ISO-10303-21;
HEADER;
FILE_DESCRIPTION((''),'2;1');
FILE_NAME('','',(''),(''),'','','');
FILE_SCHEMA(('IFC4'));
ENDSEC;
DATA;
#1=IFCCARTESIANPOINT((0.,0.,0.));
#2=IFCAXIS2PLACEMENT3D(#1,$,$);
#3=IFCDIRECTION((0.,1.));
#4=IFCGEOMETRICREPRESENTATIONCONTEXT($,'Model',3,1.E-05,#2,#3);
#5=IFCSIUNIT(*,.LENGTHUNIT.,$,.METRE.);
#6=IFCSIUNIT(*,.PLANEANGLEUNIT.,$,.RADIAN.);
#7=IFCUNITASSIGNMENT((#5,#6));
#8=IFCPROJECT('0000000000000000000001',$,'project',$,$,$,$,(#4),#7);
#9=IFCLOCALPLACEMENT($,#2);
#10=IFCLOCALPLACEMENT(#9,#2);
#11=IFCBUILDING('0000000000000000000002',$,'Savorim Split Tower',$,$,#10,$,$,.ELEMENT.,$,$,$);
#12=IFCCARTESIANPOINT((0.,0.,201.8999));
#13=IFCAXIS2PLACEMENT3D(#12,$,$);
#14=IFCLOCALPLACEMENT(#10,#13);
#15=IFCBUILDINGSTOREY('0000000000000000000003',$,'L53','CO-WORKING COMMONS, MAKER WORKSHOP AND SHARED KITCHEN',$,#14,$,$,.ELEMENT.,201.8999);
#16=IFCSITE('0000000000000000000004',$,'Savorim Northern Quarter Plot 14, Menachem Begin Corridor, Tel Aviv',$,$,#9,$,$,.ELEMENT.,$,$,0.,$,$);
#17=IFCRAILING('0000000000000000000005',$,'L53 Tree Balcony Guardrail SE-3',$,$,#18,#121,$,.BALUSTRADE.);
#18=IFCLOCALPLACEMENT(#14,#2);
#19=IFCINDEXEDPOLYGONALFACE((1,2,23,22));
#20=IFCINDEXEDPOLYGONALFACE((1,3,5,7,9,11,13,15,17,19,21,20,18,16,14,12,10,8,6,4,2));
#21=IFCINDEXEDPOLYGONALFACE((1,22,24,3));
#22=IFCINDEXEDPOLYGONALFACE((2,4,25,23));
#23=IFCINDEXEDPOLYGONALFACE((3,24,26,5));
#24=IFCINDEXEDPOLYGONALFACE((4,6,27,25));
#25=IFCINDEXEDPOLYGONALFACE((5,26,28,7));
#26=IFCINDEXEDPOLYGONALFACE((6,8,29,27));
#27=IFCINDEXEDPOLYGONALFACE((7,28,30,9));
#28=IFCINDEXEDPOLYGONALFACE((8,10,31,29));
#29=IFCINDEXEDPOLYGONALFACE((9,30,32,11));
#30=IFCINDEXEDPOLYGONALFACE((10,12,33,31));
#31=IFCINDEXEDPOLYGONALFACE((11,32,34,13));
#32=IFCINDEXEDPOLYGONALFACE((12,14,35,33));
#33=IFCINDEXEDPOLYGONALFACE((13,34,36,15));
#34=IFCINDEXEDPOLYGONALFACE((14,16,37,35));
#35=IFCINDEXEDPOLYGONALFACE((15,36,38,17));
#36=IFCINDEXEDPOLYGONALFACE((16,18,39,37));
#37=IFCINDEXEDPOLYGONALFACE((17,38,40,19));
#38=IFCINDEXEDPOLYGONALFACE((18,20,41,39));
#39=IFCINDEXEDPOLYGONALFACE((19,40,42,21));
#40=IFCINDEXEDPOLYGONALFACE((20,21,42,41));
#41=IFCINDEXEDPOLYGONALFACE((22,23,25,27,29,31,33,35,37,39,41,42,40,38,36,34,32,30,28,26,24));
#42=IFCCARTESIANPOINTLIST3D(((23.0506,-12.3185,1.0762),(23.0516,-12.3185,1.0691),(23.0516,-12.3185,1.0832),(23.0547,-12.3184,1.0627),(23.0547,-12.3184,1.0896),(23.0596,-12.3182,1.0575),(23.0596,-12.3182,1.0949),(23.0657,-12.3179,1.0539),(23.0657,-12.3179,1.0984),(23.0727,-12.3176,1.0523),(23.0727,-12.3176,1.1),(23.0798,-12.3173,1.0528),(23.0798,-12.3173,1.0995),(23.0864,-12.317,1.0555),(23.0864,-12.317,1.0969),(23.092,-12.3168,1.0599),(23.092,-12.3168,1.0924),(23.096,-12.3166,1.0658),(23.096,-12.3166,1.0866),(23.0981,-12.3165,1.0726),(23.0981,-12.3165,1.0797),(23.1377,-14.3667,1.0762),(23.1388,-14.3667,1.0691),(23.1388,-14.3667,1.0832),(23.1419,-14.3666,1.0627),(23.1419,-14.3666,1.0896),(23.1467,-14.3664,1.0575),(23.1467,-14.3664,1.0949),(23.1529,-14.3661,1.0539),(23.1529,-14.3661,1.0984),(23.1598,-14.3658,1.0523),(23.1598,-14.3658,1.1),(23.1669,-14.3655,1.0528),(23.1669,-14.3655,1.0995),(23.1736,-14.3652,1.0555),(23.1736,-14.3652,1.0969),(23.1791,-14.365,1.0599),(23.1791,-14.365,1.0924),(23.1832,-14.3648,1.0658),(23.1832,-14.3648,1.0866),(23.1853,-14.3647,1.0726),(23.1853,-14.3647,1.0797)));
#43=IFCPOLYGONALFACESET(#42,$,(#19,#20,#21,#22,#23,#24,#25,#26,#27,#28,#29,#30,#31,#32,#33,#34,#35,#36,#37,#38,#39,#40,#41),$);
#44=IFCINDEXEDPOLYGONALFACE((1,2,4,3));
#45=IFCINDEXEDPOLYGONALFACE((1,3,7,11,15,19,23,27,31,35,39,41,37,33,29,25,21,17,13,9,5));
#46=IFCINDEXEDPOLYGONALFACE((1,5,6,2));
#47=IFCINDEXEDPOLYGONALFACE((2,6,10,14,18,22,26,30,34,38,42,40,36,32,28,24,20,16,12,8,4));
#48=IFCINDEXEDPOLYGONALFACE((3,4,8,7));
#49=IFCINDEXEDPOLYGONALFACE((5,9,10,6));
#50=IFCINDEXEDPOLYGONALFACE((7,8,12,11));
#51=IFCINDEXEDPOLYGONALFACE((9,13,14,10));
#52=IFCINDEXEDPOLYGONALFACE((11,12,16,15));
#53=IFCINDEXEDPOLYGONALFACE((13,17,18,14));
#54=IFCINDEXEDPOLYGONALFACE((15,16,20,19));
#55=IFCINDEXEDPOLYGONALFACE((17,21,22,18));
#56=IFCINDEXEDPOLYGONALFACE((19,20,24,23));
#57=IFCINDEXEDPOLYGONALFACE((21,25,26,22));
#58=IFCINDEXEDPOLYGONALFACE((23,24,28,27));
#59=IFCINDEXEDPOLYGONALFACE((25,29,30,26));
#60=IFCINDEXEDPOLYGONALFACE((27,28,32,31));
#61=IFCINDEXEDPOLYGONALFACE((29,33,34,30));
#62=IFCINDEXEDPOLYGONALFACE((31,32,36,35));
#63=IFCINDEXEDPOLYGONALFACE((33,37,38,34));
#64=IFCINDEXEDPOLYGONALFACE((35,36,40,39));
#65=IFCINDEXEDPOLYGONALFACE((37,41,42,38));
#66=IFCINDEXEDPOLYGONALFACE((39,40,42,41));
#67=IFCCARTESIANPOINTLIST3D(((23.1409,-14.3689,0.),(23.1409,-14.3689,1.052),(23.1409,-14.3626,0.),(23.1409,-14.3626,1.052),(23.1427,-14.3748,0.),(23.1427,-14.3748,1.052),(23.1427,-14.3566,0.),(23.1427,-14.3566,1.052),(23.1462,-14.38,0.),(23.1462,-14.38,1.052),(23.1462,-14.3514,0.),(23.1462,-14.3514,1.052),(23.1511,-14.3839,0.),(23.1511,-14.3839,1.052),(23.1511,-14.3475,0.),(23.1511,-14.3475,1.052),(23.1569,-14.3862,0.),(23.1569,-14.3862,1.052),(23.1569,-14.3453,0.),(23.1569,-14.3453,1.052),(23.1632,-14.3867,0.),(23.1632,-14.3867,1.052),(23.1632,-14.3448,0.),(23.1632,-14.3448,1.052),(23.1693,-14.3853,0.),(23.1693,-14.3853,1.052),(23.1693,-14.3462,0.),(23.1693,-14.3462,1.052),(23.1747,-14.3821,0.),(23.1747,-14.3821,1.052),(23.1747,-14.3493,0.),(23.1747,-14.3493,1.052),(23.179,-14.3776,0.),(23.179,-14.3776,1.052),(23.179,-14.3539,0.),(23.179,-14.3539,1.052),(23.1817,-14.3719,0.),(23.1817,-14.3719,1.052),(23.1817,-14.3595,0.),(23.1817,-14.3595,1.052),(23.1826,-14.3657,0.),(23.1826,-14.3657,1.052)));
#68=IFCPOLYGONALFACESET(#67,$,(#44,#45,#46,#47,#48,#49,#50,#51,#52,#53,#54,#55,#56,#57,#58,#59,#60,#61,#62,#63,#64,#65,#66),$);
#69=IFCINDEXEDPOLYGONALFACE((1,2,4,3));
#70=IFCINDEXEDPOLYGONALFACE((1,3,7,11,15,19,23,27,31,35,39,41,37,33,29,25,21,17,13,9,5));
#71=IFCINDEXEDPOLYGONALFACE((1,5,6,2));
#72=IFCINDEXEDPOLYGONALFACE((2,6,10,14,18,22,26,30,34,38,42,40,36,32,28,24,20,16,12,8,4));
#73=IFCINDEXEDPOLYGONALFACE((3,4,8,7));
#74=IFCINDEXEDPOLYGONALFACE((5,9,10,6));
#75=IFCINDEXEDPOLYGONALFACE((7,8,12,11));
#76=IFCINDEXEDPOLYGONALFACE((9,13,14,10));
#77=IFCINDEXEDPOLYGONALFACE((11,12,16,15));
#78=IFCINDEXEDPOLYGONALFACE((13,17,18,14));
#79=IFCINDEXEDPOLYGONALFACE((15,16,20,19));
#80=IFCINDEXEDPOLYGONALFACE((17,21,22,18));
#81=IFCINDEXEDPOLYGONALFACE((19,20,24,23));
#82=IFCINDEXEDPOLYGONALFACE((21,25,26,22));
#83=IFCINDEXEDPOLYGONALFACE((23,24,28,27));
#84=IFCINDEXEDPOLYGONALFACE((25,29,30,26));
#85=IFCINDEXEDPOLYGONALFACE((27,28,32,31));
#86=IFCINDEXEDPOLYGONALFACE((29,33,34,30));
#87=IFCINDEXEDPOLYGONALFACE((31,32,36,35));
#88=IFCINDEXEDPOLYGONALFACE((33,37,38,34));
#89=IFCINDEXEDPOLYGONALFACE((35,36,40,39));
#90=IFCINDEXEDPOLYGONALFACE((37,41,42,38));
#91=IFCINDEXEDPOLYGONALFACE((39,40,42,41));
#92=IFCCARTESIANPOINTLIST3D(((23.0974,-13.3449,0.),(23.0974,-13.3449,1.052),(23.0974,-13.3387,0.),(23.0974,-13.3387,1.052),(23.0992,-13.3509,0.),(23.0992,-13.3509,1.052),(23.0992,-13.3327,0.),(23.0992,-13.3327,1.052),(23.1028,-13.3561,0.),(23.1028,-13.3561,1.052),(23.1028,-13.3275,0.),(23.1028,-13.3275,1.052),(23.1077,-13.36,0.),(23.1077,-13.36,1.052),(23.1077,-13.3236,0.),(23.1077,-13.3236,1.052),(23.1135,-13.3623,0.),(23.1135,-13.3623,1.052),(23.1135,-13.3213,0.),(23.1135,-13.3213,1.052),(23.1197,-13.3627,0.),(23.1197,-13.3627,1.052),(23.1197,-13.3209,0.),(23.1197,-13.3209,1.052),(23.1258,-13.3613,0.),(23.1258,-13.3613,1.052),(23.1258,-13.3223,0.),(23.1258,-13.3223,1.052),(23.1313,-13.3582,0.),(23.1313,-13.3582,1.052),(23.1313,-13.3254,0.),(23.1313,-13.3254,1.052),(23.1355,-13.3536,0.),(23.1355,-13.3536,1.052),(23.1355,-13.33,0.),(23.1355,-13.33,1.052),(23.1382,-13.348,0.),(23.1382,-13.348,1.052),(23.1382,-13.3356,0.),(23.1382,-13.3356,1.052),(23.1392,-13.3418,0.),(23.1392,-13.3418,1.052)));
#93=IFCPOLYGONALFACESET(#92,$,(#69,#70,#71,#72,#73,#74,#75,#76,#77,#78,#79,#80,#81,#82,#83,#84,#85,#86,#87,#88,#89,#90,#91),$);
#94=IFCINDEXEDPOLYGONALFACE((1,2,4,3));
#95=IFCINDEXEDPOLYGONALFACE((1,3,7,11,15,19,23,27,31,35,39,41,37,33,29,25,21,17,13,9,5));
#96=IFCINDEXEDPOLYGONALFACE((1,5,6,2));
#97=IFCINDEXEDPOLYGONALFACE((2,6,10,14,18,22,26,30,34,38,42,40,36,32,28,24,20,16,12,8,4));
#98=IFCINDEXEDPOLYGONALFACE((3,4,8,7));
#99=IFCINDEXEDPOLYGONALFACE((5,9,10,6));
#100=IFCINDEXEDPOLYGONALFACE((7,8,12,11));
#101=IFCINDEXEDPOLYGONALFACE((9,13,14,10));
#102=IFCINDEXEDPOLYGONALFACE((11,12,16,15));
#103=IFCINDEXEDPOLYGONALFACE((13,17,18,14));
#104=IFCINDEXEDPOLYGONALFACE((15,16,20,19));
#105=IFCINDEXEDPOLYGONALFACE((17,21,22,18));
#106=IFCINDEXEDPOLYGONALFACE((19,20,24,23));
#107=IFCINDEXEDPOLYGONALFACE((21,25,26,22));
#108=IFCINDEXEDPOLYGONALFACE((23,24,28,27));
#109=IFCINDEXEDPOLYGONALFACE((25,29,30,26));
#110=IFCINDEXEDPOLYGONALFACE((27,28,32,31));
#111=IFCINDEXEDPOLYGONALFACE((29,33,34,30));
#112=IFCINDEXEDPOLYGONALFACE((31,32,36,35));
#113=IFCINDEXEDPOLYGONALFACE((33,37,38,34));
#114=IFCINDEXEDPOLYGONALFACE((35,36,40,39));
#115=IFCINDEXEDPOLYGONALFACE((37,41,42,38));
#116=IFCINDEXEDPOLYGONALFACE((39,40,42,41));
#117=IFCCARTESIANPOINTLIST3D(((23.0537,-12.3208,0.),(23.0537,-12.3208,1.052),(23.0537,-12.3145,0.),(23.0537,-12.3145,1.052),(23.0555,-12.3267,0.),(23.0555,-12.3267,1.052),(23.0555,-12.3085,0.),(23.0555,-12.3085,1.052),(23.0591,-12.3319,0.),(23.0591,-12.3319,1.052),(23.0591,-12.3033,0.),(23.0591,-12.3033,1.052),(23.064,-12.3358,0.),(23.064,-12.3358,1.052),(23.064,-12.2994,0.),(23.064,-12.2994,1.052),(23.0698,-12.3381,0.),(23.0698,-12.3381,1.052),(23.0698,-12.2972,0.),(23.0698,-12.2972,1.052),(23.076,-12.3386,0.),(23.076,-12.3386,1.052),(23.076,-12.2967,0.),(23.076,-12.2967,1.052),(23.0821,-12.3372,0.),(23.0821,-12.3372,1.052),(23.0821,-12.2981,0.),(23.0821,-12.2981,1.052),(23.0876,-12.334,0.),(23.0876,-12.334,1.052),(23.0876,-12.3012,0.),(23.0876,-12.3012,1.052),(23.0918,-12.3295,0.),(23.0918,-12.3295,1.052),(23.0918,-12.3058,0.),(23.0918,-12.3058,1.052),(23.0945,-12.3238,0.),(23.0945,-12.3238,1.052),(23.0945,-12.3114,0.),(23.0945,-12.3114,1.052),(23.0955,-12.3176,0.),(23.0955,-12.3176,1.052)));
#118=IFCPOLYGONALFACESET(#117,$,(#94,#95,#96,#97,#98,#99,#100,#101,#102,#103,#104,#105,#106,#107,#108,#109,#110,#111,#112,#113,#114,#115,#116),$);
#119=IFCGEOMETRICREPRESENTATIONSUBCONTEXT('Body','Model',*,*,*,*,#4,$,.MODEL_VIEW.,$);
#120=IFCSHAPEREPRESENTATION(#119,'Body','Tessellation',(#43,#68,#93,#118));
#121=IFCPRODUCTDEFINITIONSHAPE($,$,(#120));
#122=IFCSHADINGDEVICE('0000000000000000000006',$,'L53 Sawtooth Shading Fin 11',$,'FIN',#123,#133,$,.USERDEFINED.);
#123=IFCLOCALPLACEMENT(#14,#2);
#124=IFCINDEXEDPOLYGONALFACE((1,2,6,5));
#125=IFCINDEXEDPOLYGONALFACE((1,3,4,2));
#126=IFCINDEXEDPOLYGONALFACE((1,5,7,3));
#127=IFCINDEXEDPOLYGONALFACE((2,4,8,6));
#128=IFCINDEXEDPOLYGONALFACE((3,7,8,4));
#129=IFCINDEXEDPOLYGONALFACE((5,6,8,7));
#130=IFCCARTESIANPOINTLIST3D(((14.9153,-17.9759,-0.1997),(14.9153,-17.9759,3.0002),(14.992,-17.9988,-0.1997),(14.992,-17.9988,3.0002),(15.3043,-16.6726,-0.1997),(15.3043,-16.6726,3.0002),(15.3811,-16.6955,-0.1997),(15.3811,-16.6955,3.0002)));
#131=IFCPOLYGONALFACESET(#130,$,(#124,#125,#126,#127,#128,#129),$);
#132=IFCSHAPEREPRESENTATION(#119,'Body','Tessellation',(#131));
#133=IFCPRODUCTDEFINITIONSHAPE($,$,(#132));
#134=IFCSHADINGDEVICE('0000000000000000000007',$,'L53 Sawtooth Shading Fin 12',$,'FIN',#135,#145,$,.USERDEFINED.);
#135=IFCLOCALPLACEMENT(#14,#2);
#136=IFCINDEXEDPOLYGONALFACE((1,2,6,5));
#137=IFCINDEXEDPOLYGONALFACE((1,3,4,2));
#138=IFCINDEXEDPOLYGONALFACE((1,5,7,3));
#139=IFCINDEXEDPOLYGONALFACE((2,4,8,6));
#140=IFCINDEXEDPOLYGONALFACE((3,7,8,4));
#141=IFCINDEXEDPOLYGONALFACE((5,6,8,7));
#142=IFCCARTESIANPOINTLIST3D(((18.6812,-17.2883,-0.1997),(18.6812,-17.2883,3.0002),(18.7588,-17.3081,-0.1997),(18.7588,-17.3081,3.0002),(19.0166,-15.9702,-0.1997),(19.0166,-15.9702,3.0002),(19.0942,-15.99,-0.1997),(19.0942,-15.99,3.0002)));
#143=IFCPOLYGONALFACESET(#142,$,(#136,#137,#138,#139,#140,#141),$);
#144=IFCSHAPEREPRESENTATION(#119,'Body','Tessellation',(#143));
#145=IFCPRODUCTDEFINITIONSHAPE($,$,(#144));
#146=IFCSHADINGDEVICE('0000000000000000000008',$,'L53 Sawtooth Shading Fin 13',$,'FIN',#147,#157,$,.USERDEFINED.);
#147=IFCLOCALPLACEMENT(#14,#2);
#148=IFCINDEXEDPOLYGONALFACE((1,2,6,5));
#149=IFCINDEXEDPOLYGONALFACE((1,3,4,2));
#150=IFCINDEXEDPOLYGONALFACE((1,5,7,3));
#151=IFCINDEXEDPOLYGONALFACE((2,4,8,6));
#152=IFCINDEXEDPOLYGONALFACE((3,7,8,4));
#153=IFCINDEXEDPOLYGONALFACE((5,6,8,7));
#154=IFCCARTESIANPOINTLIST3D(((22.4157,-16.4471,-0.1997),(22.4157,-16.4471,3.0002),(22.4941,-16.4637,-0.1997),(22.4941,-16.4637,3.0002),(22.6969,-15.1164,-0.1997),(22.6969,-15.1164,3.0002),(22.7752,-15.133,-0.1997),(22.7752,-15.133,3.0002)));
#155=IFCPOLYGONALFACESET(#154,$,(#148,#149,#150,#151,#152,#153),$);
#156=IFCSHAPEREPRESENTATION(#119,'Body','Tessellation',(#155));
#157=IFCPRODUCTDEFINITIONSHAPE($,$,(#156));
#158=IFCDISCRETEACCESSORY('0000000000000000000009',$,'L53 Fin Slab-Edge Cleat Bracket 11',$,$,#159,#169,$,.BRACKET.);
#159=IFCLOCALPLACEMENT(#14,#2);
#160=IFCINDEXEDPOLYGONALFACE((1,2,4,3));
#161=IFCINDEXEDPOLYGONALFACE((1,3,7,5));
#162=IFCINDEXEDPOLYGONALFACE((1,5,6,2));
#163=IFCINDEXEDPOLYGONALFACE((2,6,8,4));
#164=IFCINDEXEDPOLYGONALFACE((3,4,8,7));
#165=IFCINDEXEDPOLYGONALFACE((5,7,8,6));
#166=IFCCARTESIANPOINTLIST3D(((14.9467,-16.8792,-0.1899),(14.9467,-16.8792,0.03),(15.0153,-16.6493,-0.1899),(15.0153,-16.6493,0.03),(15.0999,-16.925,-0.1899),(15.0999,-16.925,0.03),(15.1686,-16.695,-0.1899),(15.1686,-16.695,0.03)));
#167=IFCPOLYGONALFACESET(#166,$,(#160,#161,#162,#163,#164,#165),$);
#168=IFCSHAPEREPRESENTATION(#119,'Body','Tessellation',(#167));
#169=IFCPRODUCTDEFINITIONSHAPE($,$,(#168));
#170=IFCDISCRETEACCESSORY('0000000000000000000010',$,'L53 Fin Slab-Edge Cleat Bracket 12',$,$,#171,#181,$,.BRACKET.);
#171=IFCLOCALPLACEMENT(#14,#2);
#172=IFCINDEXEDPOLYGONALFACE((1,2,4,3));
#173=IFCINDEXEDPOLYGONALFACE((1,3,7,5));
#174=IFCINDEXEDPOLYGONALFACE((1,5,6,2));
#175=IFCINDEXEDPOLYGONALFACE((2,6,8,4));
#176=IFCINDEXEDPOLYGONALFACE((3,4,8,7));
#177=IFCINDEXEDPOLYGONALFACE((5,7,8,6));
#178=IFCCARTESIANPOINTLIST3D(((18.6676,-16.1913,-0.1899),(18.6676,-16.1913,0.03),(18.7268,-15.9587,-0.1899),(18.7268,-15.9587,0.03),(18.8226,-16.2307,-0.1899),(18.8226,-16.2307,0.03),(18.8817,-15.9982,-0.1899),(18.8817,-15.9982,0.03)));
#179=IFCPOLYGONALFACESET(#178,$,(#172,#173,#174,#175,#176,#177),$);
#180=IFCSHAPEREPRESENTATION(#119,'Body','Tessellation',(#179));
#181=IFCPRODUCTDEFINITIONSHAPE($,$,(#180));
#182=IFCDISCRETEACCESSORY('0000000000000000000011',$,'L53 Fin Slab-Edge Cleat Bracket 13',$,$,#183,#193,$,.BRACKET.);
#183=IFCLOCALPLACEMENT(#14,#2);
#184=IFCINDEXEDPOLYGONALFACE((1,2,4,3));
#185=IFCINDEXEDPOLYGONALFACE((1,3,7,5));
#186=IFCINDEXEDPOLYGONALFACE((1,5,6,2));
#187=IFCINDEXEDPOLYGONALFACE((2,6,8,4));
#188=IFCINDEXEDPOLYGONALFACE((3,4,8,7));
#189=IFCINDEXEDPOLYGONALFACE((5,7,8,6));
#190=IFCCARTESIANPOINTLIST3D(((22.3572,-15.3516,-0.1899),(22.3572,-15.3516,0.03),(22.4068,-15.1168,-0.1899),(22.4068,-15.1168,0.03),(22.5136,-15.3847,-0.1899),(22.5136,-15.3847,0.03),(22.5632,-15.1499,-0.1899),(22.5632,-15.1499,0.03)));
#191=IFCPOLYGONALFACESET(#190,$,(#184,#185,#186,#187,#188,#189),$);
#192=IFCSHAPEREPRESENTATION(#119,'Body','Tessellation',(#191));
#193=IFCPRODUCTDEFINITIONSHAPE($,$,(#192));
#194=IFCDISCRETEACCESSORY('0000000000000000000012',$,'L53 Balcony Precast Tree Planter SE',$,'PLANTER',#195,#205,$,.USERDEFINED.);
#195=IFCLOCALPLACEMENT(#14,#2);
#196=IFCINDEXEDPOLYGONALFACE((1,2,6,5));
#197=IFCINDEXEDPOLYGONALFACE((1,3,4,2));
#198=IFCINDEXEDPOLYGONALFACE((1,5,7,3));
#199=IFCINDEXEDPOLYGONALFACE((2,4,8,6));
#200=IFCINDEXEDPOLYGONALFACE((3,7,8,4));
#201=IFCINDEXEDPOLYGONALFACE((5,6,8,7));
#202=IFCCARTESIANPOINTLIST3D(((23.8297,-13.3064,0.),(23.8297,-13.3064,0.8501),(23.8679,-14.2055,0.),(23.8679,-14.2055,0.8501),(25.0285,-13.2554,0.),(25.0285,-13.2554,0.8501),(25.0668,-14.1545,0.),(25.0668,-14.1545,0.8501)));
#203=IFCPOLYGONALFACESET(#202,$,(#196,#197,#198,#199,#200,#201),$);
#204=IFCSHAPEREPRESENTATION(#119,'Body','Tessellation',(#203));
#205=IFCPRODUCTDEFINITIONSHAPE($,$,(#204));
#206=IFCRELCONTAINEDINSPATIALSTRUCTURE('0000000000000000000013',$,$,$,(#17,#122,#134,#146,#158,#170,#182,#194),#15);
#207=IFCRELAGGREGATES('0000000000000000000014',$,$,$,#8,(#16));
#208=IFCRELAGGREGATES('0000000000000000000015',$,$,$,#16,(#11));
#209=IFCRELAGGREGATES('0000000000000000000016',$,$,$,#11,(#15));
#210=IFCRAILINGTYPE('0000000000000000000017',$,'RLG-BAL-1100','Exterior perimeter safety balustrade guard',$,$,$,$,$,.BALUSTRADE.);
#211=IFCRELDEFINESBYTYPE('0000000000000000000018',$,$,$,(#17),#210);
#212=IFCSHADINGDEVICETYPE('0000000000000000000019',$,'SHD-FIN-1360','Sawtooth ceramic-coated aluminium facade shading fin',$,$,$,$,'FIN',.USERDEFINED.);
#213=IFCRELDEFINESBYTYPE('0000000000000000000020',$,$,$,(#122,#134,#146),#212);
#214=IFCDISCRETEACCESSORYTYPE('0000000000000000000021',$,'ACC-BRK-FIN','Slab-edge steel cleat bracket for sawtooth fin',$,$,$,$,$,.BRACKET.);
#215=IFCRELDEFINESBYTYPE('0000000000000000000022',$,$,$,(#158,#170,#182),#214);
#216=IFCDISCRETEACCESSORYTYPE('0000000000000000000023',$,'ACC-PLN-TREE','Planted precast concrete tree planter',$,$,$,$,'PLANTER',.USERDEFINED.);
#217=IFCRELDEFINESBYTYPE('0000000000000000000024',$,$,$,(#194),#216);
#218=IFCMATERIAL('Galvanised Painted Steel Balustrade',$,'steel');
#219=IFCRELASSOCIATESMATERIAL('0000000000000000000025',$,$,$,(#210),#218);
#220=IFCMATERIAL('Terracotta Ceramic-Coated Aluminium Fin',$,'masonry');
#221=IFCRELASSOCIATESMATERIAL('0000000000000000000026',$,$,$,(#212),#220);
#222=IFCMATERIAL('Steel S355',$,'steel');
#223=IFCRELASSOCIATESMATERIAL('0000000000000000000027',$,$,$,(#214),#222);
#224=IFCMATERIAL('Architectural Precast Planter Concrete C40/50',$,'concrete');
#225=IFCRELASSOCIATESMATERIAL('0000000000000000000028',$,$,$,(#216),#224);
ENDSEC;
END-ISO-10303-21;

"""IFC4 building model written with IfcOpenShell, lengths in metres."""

from ifc_helpers import new_model, si_unit, direction, frame, origin, origin_2d, place, context, subcontext, project, spatial, rectangle, circle, extrude, material, type_object, element, save


model = new_model("IFC4")

# Units and contexts
model_context = context("Model", 3, precision=1e-05, world=origin(), true_north=direction((0.0, 1.0)))
body_context = subcontext(model_context, "Body", "Model", "MODEL_VIEW")
ifc_project = project(units=[si_unit("LENGTHUNIT", "METRE"), si_unit("PLANEANGLEUNIT", "RADIAN")], contexts=[model_context])

# Site, building, storey
site_placement = place(None, origin())
site = spatial("IfcSite", under=ifc_project, at=site_placement, Name="Savorim Northern Quarter Plot 14, Menachem Begin Corridor, Tel Aviv", CompositionType="ELEMENT", RefElevation=0.0)
building_placement = place(site_placement, origin())
building = spatial("IfcBuilding", under=site, at=building_placement, Name="Savorim Split Tower", CompositionType="ELEMENT")
storey_placement = place(building_placement, frame((0.0, 0.0, 201.8999)))
storey = spatial("IfcBuildingStorey", under=building, at=storey_placement, Name="L53", Description="CO-WORKING COMMONS, MAKER WORKSHOP AND SHARED KITCHEN", CompositionType="ELEMENT", Elevation=201.8999)

# Shared definitions
ifc_material_1 = material(Name="Steel S355", Category="steel")

# Railing
ifc_material_2 = material(Name="Galvanised Painted Steel Balustrade", Category="steel")
railing_type = type_object("IfcRailingType", Name="RLG-BAL-1100", Description="Exterior perimeter safety balustrade guard", PredefinedType="BALUSTRADE", material=ifc_material_2)
railing_1_placement = place(storey_placement, frame((23.1616, -14.3657, 0.0)))
element("IfcRailing", 1, at=railing_1_placement, inside=storey, type_object=railing_type, Name="L53 Tree Balcony Guardrail SE-3", PredefinedType="BALUSTRADE", context=body_context, shape_type="SweptSolid", body=[
    extrude(circle(Radius=0.0239, at=origin_2d()), frame((0.0, 0.0, 1.0762), z_axis=(-0.042517, 0.999096, 0.0), x_axis=(-0.999096, -0.042517, 0.0)), (0.0, 0.0, 1.0), 2.05),
    extrude(circle(Radius=0.021, at=origin_2d()), origin(), (0.0, 0.0, 1.0), 1.052),
    extrude(circle(Radius=0.021, at=origin_2d()), frame((-0.0435, 1.0239, 0.0)), (0.0, 0.0, 1.0), 1.052),
    extrude(circle(Radius=0.021, at=origin_2d()), frame((-0.0872, 2.0481, 0.0)), (0.0, 0.0, 1.0), 1.052),
])

# Shading devices
ifc_material_3 = material(Name="Terracotta Ceramic-Coated Aluminium Fin", Category="masonry")
shading_device_type = type_object("IfcShadingDeviceType", Name="SHD-FIN-1360", Description="Sawtooth ceramic-coated aluminium facade shading fin", ElementType="FIN", PredefinedType="USERDEFINED", material=ifc_material_3)
for number, where, z_axis, x_axis, name in (
    (2, (15.1482, -17.3357, -0.1997), (0.0, 0.0, 1.0), (-0.286026, -0.958222, 0.0), "L53 Sawtooth Shading Fin 11"),
    (3, (18.8877, -16.6392, -0.1997), (0.0, 0.0, 1.0), (-0.246581, -0.969122, 0.0), "L53 Sawtooth Shading Fin 12"),
    (4, (22.5955, -15.79, -0.1997), (0.0, 0.0, 1.0), (-0.206722, -0.9784, 0.0), "L53 Sawtooth Shading Fin 13"),
):
    element("IfcShadingDevice", number, at=place(storey_placement, frame(where, z_axis=z_axis, x_axis=x_axis)), inside=storey, type_object=shading_device_type, Name=name, ObjectType="FIN", PredefinedType="USERDEFINED", context=body_context, shape_type="SweptSolid", body=[
        extrude(rectangle(XDim=1.3601, YDim=0.0801, at=origin_2d()), origin(), (0.0, 0.0, 1.0), 3.2),
    ])

# Discrete accessories
discrete_accessory_type_1 = type_object("IfcDiscreteAccessoryType", Name="ACC-BRK-FIN", Description="Slab-edge steel cleat bracket for sawtooth fin", PredefinedType="BRACKET", material=ifc_material_1)
for number, where, z_axis, x_axis, name in (
    (5, (15.0576, -16.7871, -0.1899), (0.0, 0.0, 1.0), (-0.286026, -0.958222, 0.0), "L53 Fin Slab-Edge Cleat Bracket 11"),
    (6, (18.7747, -16.0947, -0.1899), (0.0, 0.0, 1.0), (-0.246581, -0.969122, 0.0), "L53 Fin Slab-Edge Cleat Bracket 12"),
    (7, (22.4602, -15.2507, -0.1899), (0.0, 0.0, 1.0), (-0.206722, -0.9784, 0.0), "L53 Fin Slab-Edge Cleat Bracket 13"),
):
    element("IfcDiscreteAccessory", number, at=place(storey_placement, frame(where, z_axis=z_axis, x_axis=x_axis)), inside=storey, type_object=discrete_accessory_type_1, Name=name, PredefinedType="BRACKET", context=body_context, shape_type="SweptSolid", body=[
        extrude(rectangle(XDim=0.24, YDim=0.1599, at=origin_2d()), origin(), (0.0, 0.0, 1.0), 0.22),
    ])
ifc_material_4 = material(Name="Architectural Precast Planter Concrete C40/50", Category="concrete")
discrete_accessory_type_2 = type_object("IfcDiscreteAccessoryType", Name="ACC-PLN-TREE", Description="Planted precast concrete tree planter", ElementType="PLANTER", PredefinedType="USERDEFINED", material=ifc_material_4)
discrete_accessory_placement = place(storey_placement, frame((24.4482, -13.7305, 0.0), z_axis=(0.0, 0.0, 1.0), x_axis=(0.999096, 0.042512, 0.0)))
element("IfcDiscreteAccessory", 8, at=discrete_accessory_placement, inside=storey, type_object=discrete_accessory_type_2, Name="L53 Balcony Precast Tree Planter SE", ObjectType="PLANTER", PredefinedType="USERDEFINED", context=body_context, shape_type="SweptSolid", body=[
    extrude(rectangle(XDim=1.2, YDim=0.8999, at=origin_2d()), origin(), (0.0, 0.0, 1.0), 0.8501),
])

save(model, "model.ifc")
